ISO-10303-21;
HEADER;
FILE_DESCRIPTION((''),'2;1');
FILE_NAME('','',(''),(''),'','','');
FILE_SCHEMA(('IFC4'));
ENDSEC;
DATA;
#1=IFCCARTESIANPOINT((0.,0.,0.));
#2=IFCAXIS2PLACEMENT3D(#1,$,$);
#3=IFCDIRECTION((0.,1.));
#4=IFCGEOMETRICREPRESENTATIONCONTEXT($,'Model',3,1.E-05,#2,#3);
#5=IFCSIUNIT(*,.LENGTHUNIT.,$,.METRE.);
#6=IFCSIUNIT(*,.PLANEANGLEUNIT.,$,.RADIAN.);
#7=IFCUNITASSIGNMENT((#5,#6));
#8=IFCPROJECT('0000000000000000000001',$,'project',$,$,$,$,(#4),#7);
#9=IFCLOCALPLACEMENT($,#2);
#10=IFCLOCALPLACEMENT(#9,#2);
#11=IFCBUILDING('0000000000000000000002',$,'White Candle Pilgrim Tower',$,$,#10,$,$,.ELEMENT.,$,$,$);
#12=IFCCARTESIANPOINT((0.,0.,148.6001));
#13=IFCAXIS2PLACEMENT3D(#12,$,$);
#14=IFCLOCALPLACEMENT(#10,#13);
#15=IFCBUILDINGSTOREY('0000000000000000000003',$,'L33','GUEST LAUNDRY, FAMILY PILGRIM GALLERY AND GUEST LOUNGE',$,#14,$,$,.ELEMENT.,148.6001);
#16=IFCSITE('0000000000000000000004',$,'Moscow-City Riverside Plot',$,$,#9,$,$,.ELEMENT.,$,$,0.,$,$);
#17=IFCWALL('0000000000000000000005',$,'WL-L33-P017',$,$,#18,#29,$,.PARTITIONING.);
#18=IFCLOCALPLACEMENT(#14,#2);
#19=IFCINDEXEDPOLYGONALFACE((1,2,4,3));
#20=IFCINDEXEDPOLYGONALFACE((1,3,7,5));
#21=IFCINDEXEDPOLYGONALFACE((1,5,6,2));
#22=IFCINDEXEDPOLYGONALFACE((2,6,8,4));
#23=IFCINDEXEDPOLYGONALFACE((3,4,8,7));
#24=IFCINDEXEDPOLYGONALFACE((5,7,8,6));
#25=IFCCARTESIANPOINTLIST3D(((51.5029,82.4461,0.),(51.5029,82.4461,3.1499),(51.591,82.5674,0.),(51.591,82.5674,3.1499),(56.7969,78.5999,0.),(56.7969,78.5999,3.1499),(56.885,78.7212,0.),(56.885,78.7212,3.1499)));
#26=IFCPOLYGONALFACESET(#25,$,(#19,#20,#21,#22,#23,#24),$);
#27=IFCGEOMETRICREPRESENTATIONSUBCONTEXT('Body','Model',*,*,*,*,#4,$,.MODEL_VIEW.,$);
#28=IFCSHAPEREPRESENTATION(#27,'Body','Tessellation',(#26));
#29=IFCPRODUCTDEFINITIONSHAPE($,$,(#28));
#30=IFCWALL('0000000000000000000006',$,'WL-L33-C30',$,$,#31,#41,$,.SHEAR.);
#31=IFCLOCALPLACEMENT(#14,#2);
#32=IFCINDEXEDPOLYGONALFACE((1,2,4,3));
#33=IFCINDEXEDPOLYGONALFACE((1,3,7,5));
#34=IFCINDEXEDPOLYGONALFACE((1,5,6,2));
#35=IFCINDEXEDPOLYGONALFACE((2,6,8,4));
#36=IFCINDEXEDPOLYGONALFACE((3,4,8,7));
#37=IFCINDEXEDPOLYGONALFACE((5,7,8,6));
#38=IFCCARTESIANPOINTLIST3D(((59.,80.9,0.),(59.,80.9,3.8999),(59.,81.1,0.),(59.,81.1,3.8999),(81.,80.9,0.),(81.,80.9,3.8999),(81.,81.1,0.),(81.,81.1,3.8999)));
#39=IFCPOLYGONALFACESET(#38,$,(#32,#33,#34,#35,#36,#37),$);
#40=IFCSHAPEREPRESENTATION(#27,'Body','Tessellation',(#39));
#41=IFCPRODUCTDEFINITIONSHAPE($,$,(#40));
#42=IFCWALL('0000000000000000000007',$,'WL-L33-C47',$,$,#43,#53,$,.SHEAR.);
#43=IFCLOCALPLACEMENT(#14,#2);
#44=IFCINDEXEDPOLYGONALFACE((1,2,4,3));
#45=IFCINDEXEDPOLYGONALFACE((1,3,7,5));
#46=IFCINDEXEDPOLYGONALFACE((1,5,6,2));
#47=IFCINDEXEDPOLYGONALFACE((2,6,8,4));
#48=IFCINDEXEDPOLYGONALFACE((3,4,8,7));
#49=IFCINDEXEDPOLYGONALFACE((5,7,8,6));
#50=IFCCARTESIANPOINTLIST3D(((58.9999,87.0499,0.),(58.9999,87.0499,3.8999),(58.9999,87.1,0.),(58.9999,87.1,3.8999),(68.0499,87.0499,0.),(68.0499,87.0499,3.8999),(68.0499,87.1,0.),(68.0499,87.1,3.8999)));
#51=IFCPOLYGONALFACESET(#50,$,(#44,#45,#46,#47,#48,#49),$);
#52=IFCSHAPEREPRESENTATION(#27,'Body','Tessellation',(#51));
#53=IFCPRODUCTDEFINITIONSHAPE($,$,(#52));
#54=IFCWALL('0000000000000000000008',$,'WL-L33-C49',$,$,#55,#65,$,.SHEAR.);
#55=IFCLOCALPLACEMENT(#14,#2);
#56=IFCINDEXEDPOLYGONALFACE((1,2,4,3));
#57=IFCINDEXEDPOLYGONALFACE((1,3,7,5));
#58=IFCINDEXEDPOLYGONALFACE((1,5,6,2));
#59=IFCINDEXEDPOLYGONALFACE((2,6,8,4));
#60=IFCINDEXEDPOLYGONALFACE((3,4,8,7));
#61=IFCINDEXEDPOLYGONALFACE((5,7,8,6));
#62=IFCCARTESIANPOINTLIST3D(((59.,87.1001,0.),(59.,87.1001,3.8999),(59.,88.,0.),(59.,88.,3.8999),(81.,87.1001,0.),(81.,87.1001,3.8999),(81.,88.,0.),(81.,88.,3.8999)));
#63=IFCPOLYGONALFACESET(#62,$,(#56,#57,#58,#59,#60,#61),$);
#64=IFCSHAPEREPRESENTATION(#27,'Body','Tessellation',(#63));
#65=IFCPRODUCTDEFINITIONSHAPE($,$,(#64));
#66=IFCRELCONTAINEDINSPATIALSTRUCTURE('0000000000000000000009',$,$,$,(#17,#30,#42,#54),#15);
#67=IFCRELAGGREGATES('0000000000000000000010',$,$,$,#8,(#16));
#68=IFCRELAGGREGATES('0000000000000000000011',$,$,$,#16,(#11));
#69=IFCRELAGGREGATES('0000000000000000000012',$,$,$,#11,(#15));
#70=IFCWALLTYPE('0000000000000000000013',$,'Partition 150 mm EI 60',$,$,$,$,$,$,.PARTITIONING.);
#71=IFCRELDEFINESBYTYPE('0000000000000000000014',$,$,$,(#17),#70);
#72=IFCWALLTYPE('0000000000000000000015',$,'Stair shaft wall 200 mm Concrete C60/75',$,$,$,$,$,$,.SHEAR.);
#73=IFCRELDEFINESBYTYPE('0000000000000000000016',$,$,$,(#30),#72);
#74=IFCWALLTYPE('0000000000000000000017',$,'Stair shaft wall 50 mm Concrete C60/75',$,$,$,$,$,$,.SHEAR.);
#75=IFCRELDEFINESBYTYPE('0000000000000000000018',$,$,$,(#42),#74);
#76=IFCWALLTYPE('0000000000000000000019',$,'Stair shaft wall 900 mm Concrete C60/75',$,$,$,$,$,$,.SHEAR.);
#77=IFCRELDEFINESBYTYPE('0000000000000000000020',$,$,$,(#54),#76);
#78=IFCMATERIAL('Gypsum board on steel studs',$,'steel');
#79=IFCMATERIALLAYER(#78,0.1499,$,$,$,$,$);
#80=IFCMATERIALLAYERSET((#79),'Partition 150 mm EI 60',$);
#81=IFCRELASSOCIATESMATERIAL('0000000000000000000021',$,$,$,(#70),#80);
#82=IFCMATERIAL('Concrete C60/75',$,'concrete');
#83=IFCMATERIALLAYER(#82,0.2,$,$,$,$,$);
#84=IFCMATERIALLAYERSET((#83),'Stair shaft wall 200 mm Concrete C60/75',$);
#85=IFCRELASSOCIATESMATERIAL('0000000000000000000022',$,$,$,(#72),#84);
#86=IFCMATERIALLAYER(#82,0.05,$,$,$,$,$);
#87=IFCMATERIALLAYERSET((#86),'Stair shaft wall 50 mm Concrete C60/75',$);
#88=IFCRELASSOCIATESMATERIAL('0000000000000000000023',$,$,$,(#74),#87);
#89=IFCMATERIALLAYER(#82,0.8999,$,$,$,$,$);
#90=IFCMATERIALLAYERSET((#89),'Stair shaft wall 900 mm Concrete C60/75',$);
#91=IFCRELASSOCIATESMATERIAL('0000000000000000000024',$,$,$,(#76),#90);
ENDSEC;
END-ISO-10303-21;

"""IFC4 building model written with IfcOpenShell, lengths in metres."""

from ifc_helpers import new_model, si_unit, direction, frame, frame_2d, origin, place, context, subcontext, project, spatial, rectangle, extrude, material, layer, layer_set, type_object, element, save


model = new_model("IFC4")

# Units and contexts
model_context = context("Model", 3, precision=1e-05, world=origin(), true_north=direction((0.0, 1.0)))
body_context = subcontext(model_context, "Body", "Model", "MODEL_VIEW")
ifc_project = project(units=[si_unit("LENGTHUNIT", "METRE"), si_unit("PLANEANGLEUNIT", "RADIAN")], contexts=[model_context])

# Site, building, storey
site_placement = place(None, origin())
site = spatial("IfcSite", under=ifc_project, at=site_placement, Name="Moscow-City Riverside Plot", CompositionType="ELEMENT", RefElevation=0.0)
building_placement = place(site_placement, origin())
building = spatial("IfcBuilding", under=site, at=building_placement, Name="White Candle Pilgrim Tower", CompositionType="ELEMENT")
storey_placement = place(building_placement, frame((0.0, 0.0, 148.6001)))
storey = spatial("IfcBuildingStorey", under=building, at=storey_placement, Name="L33", Description="GUEST LAUNDRY, FAMILY PILGRIM GALLERY AND GUEST LOUNGE", CompositionType="ELEMENT", Elevation=148.6001)

# Shared definitions
ifc_material_1 = material(Name="Concrete C60/75", Category="concrete")

# Walls
ifc_material_2 = material(Name="Gypsum board on steel studs", Category="steel")
ifc_layer_1 = layer(ifc_material_2, 0.1499)
ifc_layer_set_1 = layer_set([ifc_layer_1], Name="Partition 150 mm EI 60")
wall_type_1 = type_object("IfcWallType", Name="Partition 150 mm EI 60", PredefinedType="PARTITIONING", material=ifc_layer_set_1)
wall_1_placement = place(storey_placement, frame((51.5469, 82.5068, 0.0), z_axis=(0.0, 0.0, 1.0), x_axis=(0.809023, -0.587777, 0.0)))
element("IfcWall", 1, at=wall_1_placement, inside=storey, type_object=wall_type_1, Name="WL-L33-P017", PredefinedType="PARTITIONING", context=body_context, shape_type="SweptSolid", body=[
    extrude(rectangle(XDim=6.5437, YDim=0.1499, at=frame_2d((3.272, 0.0))), origin(), (0.0, 0.0, 1.0), 3.1499),
])
ifc_layer_2 = layer(ifc_material_1, 0.2)
ifc_layer_set_2 = layer_set([ifc_layer_2], Name="Stair shaft wall 200 mm Concrete C60/75")
wall_type_2 = type_object("IfcWallType", Name="Stair shaft wall 200 mm Concrete C60/75", PredefinedType="SHEAR", material=ifc_layer_set_2)
wall_2_placement = place(storey_placement, frame((59.0, 81.0, 0.0), z_axis=(0.0, 0.0, 1.0), x_axis=(1.0, 0.0, 0.0)))
element("IfcWall", 2, at=wall_2_placement, inside=storey, type_object=wall_type_2, Name="WL-L33-C30", PredefinedType="SHEAR", context=body_context, shape_type="SweptSolid", body=[
    extrude(rectangle(XDim=22.0, YDim=0.2, at=frame_2d((11.0, 0.0))), origin(), (0.0, 0.0, 1.0), 3.8999),
])
ifc_layer_3 = layer(ifc_material_1, 0.05)
ifc_layer_set_3 = layer_set([ifc_layer_3], Name="Stair shaft wall 50 mm Concrete C60/75")
wall_type_3 = type_object("IfcWallType", Name="Stair shaft wall 50 mm Concrete C60/75", PredefinedType="SHEAR", material=ifc_layer_set_3)
wall_3_placement = place(storey_placement, frame((59.0, 87.075, 0.0), z_axis=(0.0, 0.0, 1.0), x_axis=(1.0, 0.0, 0.0)))
element("IfcWall", 3, at=wall_3_placement, inside=storey, type_object=wall_type_3, Name="WL-L33-C47", PredefinedType="SHEAR", context=body_context, shape_type="SweptSolid", body=[
    extrude(rectangle(XDim=9.05, YDim=0.05, at=frame_2d((4.5249, 0.0))), origin(), (0.0, 0.0, 1.0), 3.8999),
])
ifc_layer_4 = layer(ifc_material_1, 0.8999)
ifc_layer_set_4 = layer_set([ifc_layer_4], Name="Stair shaft wall 900 mm Concrete C60/75")
wall_type_4 = type_object("IfcWallType", Name="Stair shaft wall 900 mm Concrete C60/75", PredefinedType="SHEAR", material=ifc_layer_set_4)
wall_4_placement = place(storey_placement, frame((59.0, 87.55, 0.0), z_axis=(0.0, 0.0, 1.0), x_axis=(1.0, 0.0, 0.0)))
element("IfcWall", 4, at=wall_4_placement, inside=storey, type_object=wall_type_4, Name="WL-L33-C49", PredefinedType="SHEAR", context=body_context, shape_type="SweptSolid", body=[
    extrude(rectangle(XDim=22.0, YDim=0.8999, at=frame_2d((11.0, 0.0))), origin(), (0.0, 0.0, 1.0), 3.8999),
])

save(model, "model.ifc")
